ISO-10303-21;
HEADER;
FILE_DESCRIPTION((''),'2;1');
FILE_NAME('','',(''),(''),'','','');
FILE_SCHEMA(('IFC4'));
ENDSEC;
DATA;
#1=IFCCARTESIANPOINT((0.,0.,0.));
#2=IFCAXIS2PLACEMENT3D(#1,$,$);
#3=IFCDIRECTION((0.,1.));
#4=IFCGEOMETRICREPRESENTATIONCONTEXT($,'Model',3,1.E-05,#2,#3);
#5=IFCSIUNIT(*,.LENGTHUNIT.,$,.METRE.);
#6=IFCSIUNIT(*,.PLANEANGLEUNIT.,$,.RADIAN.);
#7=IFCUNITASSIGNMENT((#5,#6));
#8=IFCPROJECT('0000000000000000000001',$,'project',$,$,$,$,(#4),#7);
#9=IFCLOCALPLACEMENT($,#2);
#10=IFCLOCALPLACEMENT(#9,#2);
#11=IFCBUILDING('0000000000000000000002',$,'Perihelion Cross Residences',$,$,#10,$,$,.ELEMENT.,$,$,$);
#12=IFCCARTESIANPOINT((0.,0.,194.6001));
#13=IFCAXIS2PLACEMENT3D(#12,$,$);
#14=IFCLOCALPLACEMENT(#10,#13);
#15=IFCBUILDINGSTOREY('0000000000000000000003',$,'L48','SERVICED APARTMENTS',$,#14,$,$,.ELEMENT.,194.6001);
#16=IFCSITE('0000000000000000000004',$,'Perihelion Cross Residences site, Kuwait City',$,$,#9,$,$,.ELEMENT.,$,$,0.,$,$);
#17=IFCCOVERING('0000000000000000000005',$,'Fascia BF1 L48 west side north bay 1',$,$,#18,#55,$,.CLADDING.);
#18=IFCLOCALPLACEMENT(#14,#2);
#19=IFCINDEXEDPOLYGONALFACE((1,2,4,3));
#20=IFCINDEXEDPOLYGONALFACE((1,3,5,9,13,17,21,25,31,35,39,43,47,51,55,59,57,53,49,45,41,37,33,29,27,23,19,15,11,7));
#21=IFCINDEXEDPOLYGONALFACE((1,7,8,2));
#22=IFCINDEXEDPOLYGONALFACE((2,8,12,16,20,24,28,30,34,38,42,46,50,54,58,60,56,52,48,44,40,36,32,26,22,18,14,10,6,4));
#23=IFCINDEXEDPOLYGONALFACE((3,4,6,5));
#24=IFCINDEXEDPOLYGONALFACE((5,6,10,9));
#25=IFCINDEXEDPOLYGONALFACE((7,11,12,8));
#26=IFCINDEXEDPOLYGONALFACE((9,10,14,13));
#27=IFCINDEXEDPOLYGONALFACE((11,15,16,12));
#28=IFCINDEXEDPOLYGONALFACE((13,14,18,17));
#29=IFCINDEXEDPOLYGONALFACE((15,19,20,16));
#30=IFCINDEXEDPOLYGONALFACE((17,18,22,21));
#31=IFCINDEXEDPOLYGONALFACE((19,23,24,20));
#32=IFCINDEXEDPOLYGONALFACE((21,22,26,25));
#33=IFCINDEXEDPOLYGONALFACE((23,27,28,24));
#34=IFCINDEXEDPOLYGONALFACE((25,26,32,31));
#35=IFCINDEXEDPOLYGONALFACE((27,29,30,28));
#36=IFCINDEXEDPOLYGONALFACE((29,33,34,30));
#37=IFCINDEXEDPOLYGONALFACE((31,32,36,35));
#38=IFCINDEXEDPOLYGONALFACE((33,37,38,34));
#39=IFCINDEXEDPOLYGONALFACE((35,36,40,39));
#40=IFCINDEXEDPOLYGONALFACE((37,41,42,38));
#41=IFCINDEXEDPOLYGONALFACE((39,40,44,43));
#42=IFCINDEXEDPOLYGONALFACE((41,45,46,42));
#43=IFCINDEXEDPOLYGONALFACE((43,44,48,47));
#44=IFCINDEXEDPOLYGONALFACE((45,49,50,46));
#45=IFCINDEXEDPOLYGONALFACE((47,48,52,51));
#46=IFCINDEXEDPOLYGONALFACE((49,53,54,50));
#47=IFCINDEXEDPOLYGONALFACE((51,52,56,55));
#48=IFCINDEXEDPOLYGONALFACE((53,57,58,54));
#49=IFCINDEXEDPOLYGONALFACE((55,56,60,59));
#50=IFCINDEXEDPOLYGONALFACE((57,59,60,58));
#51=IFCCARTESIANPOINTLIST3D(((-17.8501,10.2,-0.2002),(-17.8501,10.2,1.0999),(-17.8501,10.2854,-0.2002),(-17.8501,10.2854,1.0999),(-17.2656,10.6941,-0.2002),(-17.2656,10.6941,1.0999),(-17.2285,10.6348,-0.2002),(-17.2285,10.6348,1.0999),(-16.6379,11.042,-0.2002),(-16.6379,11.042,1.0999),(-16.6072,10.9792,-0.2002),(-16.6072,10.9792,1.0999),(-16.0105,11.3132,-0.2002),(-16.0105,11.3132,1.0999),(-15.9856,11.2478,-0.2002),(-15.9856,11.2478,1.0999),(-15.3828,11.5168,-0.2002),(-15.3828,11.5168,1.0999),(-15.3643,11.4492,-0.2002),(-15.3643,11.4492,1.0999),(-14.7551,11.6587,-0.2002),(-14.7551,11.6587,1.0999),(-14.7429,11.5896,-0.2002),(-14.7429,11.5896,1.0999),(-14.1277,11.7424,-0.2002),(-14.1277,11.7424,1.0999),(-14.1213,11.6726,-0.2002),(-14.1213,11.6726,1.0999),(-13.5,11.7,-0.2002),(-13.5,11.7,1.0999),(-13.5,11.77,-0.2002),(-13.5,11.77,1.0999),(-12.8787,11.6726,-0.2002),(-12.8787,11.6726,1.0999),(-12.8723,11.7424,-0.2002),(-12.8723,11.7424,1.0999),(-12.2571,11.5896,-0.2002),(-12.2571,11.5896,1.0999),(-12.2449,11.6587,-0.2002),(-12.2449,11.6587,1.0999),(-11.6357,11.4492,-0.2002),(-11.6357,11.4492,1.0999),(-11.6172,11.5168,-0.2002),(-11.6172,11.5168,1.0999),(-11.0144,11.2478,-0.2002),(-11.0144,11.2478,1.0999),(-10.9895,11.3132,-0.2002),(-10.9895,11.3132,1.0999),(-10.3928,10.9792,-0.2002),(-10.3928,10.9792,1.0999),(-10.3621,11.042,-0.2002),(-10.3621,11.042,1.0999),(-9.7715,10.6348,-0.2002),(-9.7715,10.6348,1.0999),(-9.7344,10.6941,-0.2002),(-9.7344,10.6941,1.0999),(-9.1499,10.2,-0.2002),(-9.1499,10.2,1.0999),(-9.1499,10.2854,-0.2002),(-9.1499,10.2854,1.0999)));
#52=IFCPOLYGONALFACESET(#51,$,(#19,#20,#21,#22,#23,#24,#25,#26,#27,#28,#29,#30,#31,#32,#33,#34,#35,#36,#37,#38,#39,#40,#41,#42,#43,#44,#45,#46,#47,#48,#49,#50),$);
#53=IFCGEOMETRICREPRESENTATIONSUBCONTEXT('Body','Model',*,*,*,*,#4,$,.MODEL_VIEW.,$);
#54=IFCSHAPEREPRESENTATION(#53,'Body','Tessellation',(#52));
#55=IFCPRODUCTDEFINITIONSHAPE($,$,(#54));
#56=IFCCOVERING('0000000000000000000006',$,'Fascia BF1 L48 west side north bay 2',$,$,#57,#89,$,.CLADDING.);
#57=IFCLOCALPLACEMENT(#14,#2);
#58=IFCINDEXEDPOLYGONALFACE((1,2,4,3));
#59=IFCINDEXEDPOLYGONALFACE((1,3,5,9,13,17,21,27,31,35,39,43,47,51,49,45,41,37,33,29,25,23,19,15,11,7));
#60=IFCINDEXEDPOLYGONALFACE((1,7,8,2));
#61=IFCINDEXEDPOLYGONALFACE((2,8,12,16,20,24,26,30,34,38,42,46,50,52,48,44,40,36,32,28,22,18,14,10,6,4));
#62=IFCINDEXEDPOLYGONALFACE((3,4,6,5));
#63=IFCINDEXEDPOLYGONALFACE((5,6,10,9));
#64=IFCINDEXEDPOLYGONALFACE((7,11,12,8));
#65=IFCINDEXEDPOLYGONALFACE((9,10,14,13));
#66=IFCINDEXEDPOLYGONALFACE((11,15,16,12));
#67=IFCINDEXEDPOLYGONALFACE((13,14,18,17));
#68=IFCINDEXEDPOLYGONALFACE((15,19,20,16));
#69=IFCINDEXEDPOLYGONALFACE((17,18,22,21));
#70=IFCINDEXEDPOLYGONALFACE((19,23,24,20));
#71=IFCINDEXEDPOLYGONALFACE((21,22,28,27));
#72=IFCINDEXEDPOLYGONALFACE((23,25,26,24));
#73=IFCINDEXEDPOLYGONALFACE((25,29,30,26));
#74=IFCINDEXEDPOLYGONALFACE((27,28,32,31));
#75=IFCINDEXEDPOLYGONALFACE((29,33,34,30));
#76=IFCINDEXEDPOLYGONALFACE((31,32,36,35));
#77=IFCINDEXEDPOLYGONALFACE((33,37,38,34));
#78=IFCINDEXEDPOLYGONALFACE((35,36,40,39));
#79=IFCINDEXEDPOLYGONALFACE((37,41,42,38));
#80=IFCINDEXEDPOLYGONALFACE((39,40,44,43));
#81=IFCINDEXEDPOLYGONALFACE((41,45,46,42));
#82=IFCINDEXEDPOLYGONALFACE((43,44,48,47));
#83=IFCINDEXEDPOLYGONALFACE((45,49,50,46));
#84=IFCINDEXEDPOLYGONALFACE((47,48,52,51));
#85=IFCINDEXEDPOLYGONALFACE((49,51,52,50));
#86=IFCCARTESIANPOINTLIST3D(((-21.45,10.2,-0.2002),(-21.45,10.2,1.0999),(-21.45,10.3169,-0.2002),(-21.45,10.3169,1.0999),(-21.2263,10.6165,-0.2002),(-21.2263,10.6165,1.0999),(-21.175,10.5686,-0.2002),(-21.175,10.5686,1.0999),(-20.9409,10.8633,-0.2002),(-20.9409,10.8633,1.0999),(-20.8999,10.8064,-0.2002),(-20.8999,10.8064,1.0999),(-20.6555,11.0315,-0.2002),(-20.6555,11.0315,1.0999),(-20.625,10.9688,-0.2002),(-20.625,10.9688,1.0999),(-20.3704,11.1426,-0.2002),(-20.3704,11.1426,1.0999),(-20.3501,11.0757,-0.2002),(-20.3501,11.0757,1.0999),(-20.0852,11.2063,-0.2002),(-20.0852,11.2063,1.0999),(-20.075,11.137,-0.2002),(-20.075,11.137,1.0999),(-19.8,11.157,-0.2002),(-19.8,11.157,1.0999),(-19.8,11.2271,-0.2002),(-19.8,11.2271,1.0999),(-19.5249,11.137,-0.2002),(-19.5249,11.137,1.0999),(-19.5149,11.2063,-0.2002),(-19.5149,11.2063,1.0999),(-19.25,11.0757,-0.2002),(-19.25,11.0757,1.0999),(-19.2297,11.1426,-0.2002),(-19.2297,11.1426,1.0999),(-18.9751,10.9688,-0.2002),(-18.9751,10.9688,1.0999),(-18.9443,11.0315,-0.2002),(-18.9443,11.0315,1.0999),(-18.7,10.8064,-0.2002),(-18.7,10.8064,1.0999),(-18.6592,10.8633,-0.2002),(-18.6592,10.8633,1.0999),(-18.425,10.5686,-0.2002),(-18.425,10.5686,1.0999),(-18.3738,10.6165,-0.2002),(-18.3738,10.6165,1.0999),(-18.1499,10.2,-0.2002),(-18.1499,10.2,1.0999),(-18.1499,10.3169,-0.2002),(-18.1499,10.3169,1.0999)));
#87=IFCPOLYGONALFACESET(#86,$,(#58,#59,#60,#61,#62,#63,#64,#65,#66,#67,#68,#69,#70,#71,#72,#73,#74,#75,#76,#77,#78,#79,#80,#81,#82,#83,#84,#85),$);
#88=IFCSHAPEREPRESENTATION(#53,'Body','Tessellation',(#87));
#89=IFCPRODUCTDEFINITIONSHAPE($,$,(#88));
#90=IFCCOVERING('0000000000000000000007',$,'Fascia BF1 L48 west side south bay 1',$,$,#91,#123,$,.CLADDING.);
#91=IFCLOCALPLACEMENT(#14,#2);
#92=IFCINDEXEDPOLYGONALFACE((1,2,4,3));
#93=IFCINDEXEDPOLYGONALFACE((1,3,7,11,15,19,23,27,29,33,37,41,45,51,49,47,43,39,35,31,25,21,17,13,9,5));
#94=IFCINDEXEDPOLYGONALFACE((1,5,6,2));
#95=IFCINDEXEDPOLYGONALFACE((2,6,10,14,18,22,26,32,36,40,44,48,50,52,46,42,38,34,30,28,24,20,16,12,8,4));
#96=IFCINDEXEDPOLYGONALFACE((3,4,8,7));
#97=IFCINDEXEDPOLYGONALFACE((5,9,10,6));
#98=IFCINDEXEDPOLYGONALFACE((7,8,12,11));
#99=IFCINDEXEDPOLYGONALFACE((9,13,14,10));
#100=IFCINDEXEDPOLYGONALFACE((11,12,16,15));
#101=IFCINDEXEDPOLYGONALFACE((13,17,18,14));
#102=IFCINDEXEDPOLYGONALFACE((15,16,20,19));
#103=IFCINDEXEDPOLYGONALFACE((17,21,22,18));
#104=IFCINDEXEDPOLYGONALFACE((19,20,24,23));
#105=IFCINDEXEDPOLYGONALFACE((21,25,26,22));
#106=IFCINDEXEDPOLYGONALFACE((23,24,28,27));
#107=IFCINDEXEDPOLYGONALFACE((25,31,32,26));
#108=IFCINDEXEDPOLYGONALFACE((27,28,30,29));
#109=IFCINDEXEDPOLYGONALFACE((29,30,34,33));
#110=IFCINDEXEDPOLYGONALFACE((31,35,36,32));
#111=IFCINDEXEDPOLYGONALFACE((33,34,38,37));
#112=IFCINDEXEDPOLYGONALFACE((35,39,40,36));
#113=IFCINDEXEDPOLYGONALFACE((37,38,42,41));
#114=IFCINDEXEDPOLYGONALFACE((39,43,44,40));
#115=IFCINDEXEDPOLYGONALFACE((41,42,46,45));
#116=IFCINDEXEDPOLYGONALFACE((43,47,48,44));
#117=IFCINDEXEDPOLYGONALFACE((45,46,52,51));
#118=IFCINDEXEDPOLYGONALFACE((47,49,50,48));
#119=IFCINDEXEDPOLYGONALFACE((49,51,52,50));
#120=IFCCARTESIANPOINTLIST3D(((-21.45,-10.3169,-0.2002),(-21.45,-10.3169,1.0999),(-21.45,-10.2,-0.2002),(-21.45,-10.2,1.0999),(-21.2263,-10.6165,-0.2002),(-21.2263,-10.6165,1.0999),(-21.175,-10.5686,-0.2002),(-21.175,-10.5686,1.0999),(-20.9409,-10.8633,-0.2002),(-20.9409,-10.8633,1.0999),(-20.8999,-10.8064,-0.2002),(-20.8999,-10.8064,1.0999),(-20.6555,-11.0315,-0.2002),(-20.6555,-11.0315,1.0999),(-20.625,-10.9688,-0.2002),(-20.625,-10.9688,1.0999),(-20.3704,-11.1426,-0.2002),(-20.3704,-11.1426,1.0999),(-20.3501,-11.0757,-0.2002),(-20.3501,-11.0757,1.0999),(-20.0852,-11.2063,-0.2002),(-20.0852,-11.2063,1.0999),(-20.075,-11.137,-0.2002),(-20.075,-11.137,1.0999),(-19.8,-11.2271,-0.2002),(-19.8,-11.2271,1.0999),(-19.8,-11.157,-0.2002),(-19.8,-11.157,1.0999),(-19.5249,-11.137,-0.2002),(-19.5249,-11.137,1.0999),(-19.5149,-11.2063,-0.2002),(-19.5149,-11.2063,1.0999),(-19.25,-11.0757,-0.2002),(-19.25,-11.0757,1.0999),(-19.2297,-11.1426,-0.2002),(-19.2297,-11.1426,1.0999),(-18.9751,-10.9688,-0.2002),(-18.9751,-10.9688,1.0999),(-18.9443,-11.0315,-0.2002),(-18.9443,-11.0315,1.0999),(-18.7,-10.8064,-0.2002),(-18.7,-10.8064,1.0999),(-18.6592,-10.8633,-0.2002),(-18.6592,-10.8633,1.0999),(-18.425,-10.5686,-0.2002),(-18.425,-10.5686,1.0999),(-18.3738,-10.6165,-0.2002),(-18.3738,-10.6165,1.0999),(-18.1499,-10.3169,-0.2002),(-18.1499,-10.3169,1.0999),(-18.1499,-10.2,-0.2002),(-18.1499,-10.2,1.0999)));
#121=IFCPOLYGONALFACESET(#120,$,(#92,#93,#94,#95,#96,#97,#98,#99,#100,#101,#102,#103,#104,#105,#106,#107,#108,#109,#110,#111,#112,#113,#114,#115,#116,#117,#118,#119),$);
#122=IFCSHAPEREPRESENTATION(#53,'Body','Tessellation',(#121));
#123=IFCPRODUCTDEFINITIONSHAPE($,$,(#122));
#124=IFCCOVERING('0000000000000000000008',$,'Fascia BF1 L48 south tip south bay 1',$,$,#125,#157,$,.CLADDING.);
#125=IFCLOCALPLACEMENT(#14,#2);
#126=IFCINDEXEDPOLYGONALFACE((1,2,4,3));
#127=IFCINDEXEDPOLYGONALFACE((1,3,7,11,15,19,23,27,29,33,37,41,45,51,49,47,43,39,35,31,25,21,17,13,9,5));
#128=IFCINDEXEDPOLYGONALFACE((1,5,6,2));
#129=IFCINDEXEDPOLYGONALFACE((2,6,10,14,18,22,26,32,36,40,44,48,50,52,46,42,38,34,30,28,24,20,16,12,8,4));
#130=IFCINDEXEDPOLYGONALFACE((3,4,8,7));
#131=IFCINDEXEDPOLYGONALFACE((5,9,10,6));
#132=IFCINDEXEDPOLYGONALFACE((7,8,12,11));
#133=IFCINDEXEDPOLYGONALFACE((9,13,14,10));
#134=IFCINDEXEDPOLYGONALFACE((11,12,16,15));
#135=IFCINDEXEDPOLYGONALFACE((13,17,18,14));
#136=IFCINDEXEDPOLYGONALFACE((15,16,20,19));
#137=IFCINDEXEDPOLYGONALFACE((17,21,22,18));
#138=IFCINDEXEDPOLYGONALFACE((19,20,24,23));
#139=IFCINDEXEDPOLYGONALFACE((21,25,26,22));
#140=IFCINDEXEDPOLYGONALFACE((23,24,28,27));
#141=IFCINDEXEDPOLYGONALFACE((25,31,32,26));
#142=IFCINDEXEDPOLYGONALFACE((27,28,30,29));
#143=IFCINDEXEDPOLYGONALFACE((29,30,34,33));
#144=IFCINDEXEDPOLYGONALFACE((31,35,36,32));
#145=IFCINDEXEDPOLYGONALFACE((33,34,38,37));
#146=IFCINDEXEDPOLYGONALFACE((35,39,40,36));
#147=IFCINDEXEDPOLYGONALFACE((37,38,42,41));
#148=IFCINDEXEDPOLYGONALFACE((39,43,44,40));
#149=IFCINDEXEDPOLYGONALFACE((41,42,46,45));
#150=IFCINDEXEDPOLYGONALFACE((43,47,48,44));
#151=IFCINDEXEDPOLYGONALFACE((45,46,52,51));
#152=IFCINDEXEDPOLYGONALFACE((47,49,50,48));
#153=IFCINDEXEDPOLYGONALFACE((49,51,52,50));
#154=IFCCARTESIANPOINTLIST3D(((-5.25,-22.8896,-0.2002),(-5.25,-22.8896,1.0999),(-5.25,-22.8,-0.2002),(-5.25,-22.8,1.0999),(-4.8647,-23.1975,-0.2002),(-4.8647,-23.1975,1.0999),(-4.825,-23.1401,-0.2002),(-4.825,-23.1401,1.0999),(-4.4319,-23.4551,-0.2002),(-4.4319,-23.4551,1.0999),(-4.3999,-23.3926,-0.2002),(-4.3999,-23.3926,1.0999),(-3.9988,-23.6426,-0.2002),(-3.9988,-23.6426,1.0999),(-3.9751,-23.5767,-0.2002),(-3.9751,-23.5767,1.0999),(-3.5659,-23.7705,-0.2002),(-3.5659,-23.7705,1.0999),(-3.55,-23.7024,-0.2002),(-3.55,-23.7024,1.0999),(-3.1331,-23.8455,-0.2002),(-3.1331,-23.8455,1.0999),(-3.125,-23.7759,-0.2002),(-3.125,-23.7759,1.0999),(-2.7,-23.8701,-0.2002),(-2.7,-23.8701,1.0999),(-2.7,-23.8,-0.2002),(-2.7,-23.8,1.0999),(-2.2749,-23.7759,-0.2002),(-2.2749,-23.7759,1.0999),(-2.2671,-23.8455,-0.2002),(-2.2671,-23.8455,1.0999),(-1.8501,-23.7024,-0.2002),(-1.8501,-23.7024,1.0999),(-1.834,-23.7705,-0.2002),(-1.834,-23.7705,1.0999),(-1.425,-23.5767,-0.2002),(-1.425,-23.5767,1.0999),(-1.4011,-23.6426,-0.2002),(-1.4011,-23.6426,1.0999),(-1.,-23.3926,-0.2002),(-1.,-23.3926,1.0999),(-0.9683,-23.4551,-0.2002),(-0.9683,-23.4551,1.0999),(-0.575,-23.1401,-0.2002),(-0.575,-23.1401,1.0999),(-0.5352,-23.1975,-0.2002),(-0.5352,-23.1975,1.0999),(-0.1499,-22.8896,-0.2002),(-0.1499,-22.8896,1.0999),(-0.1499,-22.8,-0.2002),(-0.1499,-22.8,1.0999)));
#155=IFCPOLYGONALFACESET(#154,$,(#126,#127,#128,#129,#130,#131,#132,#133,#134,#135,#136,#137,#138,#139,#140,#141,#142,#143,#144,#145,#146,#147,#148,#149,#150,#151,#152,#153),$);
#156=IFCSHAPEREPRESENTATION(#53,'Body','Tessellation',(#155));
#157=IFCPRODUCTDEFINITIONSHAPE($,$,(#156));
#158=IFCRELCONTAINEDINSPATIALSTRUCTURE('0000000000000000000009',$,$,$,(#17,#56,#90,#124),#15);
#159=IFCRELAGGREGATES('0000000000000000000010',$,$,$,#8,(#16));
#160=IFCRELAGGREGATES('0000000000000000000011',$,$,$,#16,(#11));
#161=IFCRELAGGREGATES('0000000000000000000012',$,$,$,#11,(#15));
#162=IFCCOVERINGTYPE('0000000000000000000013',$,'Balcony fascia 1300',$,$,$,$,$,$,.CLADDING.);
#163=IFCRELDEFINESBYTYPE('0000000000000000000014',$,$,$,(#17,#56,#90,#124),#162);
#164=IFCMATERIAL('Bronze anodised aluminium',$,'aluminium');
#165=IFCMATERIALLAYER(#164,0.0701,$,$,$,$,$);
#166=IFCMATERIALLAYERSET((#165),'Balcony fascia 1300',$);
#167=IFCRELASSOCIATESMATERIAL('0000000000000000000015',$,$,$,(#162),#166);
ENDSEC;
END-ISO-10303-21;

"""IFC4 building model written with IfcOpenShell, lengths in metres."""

from ifc_helpers import new_model, si_unit, direction, frame, origin, place, context, subcontext, project, spatial, polyline, outline, extrude, material, layer, layer_set, type_object, element, save


model = new_model("IFC4")

# Units and contexts
model_context = context("Model", 3, precision=1e-05, world=origin(), true_north=direction((0.0, 1.0)))
body_context = subcontext(model_context, "Body", "Model", "MODEL_VIEW")
ifc_project = project(units=[si_unit("LENGTHUNIT", "METRE"), si_unit("PLANEANGLEUNIT", "RADIAN")], contexts=[model_context])

# Site, building, storey
site_placement = place(None, origin())
site = spatial("IfcSite", under=ifc_project, at=site_placement, Name="Perihelion Cross Residences site, Kuwait City", CompositionType="ELEMENT", RefElevation=0.0)
building_placement = place(site_placement, origin())
building = spatial("IfcBuilding", under=site, at=building_placement, Name="Perihelion Cross Residences", CompositionType="ELEMENT")
storey_placement = place(building_placement, frame((0.0, 0.0, 194.6001)))
storey = spatial("IfcBuildingStorey", under=building, at=storey_placement, Name="L48", Description="SERVICED APARTMENTS", CompositionType="ELEMENT", Elevation=194.6001)

# Coverings
ifc_material_1 = material(Name="Bronze anodised aluminium", Category="aluminium")
ifc_layer_1 = layer(ifc_material_1, 0.0701)
ifc_layer_set_1 = layer_set([ifc_layer_1], Name="Balcony fascia 1300")
covering_type = type_object("IfcCoveringType", Name="Balcony fascia 1300", PredefinedType="CLADDING", material=ifc_layer_set_1)
covering_1_placement = place(storey_placement, frame((0.0, 0.0, -0.2002)))
element("IfcCovering", 1, at=covering_1_placement, inside=storey, type_object=covering_type, Name="Fascia BF1 L48 west side north bay 1", PredefinedType="CLADDING", context=body_context, shape_type="SweptSolid", body=[
    extrude(outline(polyline([(-9.7344, 10.6941), (-10.3621, 11.042), (-10.9895, 11.3132), (-11.6172, 11.5168), (-12.2449, 11.6587), (-12.8723, 11.7424), (-13.5, 11.77), (-14.1277, 11.7424), (-14.7551, 11.6587), (-15.3828, 11.5168), (-16.0105, 11.3132), (-16.6379, 11.042), (-17.2656, 10.6941), (-17.8501, 10.2854), (-17.8501, 10.2), (-17.2285, 10.6348), (-16.6072, 10.9792), (-15.9856, 11.2478), (-15.3643, 11.4492), (-14.7429, 11.5896), (-14.1213, 11.6726), (-13.5, 11.7), (-12.8787, 11.6726), (-12.2571, 11.5896), (-11.6357, 11.4492), (-11.0144, 11.2478), (-10.3928, 10.9792), (-9.7715, 10.6348), (-9.1499, 10.2), (-9.1499, 10.2854), (-9.7344, 10.6941)])), origin(), (0.0, 0.0, 1.0), 1.3),
])
covering_2_placement = place(storey_placement, frame((0.0, 0.0, -0.2002)))
element("IfcCovering", 2, at=covering_2_placement, inside=storey, type_object=covering_type, Name="Fascia BF1 L48 west side north bay 2", PredefinedType="CLADDING", context=body_context, shape_type="SweptSolid", body=[
    extrude(outline(polyline([(-18.3738, 10.6165), (-18.6592, 10.8633), (-18.9443, 11.0315), (-19.2297, 11.1426), (-19.5149, 11.2063), (-19.8, 11.2271), (-20.0852, 11.2063), (-20.3704, 11.1426), (-20.6555, 11.0315), (-20.9409, 10.8633), (-21.2263, 10.6165), (-21.45, 10.3169), (-21.45, 10.2), (-21.175, 10.5686), (-20.8999, 10.8064), (-20.625, 10.9688), (-20.3501, 11.0757), (-20.075, 11.137), (-19.8, 11.157), (-19.5249, 11.137), (-19.25, 11.0757), (-18.9751, 10.9688), (-18.7, 10.8064), (-18.425, 10.5686), (-18.1499, 10.2), (-18.1499, 10.3169), (-18.3738, 10.6165)])), origin(), (0.0, 0.0, 1.0), 1.3),
])
covering_3_placement = place(storey_placement, frame((0.0, 0.0, -0.2002)))
element("IfcCovering", 3, at=covering_3_placement, inside=storey, type_object=covering_type, Name="Fascia BF1 L48 west side south bay 1", PredefinedType="CLADDING", context=body_context, shape_type="SweptSolid", body=[
    extrude(outline(polyline([(-21.2263, -10.6165), (-20.9409, -10.8633), (-20.6555, -11.0315), (-20.3704, -11.1426), (-20.0852, -11.2063), (-19.8, -11.2271), (-19.5149, -11.2063), (-19.2297, -11.1426), (-18.9443, -11.0315), (-18.6592, -10.8633), (-18.3738, -10.6165), (-18.1499, -10.3169), (-18.1499, -10.2), (-18.425, -10.5686), (-18.7, -10.8064), (-18.9751, -10.9688), (-19.25, -11.0757), (-19.5249, -11.137), (-19.8, -11.157), (-20.075, -11.137), (-20.3501, -11.0757), (-20.625, -10.9688), (-20.8999, -10.8064), (-21.175, -10.5686), (-21.45, -10.2), (-21.45, -10.3169), (-21.2263, -10.6165)])), origin(), (0.0, 0.0, 1.0), 1.3),
])
covering_4_placement = place(storey_placement, frame((0.0, 0.0, -0.2002)))
element("IfcCovering", 4, at=covering_4_placement, inside=storey, type_object=covering_type, Name="Fascia BF1 L48 south tip south bay 1", PredefinedType="CLADDING", context=body_context, shape_type="SweptSolid", body=[
    extrude(outline(polyline([(-4.8647, -23.1975), (-4.4319, -23.4551), (-3.9988, -23.6426), (-3.5659, -23.7705), (-3.1331, -23.8455), (-2.7, -23.8701), (-2.2671, -23.8455), (-1.834, -23.7705), (-1.4011, -23.6426), (-0.9683, -23.4551), (-0.5352, -23.1975), (-0.1499, -22.8896), (-0.1499, -22.8), (-0.575, -23.1401), (-1.0, -23.3926), (-1.425, -23.5767), (-1.8501, -23.7024), (-2.2749, -23.7759), (-2.7, -23.8), (-3.125, -23.7759), (-3.55, -23.7024), (-3.9751, -23.5767), (-4.3999, -23.3926), (-4.825, -23.1401), (-5.25, -22.8), (-5.25, -22.8896), (-4.8647, -23.1975)])), origin(), (0.0, 0.0, 1.0), 1.3),
])

save(model, "model.ifc")
